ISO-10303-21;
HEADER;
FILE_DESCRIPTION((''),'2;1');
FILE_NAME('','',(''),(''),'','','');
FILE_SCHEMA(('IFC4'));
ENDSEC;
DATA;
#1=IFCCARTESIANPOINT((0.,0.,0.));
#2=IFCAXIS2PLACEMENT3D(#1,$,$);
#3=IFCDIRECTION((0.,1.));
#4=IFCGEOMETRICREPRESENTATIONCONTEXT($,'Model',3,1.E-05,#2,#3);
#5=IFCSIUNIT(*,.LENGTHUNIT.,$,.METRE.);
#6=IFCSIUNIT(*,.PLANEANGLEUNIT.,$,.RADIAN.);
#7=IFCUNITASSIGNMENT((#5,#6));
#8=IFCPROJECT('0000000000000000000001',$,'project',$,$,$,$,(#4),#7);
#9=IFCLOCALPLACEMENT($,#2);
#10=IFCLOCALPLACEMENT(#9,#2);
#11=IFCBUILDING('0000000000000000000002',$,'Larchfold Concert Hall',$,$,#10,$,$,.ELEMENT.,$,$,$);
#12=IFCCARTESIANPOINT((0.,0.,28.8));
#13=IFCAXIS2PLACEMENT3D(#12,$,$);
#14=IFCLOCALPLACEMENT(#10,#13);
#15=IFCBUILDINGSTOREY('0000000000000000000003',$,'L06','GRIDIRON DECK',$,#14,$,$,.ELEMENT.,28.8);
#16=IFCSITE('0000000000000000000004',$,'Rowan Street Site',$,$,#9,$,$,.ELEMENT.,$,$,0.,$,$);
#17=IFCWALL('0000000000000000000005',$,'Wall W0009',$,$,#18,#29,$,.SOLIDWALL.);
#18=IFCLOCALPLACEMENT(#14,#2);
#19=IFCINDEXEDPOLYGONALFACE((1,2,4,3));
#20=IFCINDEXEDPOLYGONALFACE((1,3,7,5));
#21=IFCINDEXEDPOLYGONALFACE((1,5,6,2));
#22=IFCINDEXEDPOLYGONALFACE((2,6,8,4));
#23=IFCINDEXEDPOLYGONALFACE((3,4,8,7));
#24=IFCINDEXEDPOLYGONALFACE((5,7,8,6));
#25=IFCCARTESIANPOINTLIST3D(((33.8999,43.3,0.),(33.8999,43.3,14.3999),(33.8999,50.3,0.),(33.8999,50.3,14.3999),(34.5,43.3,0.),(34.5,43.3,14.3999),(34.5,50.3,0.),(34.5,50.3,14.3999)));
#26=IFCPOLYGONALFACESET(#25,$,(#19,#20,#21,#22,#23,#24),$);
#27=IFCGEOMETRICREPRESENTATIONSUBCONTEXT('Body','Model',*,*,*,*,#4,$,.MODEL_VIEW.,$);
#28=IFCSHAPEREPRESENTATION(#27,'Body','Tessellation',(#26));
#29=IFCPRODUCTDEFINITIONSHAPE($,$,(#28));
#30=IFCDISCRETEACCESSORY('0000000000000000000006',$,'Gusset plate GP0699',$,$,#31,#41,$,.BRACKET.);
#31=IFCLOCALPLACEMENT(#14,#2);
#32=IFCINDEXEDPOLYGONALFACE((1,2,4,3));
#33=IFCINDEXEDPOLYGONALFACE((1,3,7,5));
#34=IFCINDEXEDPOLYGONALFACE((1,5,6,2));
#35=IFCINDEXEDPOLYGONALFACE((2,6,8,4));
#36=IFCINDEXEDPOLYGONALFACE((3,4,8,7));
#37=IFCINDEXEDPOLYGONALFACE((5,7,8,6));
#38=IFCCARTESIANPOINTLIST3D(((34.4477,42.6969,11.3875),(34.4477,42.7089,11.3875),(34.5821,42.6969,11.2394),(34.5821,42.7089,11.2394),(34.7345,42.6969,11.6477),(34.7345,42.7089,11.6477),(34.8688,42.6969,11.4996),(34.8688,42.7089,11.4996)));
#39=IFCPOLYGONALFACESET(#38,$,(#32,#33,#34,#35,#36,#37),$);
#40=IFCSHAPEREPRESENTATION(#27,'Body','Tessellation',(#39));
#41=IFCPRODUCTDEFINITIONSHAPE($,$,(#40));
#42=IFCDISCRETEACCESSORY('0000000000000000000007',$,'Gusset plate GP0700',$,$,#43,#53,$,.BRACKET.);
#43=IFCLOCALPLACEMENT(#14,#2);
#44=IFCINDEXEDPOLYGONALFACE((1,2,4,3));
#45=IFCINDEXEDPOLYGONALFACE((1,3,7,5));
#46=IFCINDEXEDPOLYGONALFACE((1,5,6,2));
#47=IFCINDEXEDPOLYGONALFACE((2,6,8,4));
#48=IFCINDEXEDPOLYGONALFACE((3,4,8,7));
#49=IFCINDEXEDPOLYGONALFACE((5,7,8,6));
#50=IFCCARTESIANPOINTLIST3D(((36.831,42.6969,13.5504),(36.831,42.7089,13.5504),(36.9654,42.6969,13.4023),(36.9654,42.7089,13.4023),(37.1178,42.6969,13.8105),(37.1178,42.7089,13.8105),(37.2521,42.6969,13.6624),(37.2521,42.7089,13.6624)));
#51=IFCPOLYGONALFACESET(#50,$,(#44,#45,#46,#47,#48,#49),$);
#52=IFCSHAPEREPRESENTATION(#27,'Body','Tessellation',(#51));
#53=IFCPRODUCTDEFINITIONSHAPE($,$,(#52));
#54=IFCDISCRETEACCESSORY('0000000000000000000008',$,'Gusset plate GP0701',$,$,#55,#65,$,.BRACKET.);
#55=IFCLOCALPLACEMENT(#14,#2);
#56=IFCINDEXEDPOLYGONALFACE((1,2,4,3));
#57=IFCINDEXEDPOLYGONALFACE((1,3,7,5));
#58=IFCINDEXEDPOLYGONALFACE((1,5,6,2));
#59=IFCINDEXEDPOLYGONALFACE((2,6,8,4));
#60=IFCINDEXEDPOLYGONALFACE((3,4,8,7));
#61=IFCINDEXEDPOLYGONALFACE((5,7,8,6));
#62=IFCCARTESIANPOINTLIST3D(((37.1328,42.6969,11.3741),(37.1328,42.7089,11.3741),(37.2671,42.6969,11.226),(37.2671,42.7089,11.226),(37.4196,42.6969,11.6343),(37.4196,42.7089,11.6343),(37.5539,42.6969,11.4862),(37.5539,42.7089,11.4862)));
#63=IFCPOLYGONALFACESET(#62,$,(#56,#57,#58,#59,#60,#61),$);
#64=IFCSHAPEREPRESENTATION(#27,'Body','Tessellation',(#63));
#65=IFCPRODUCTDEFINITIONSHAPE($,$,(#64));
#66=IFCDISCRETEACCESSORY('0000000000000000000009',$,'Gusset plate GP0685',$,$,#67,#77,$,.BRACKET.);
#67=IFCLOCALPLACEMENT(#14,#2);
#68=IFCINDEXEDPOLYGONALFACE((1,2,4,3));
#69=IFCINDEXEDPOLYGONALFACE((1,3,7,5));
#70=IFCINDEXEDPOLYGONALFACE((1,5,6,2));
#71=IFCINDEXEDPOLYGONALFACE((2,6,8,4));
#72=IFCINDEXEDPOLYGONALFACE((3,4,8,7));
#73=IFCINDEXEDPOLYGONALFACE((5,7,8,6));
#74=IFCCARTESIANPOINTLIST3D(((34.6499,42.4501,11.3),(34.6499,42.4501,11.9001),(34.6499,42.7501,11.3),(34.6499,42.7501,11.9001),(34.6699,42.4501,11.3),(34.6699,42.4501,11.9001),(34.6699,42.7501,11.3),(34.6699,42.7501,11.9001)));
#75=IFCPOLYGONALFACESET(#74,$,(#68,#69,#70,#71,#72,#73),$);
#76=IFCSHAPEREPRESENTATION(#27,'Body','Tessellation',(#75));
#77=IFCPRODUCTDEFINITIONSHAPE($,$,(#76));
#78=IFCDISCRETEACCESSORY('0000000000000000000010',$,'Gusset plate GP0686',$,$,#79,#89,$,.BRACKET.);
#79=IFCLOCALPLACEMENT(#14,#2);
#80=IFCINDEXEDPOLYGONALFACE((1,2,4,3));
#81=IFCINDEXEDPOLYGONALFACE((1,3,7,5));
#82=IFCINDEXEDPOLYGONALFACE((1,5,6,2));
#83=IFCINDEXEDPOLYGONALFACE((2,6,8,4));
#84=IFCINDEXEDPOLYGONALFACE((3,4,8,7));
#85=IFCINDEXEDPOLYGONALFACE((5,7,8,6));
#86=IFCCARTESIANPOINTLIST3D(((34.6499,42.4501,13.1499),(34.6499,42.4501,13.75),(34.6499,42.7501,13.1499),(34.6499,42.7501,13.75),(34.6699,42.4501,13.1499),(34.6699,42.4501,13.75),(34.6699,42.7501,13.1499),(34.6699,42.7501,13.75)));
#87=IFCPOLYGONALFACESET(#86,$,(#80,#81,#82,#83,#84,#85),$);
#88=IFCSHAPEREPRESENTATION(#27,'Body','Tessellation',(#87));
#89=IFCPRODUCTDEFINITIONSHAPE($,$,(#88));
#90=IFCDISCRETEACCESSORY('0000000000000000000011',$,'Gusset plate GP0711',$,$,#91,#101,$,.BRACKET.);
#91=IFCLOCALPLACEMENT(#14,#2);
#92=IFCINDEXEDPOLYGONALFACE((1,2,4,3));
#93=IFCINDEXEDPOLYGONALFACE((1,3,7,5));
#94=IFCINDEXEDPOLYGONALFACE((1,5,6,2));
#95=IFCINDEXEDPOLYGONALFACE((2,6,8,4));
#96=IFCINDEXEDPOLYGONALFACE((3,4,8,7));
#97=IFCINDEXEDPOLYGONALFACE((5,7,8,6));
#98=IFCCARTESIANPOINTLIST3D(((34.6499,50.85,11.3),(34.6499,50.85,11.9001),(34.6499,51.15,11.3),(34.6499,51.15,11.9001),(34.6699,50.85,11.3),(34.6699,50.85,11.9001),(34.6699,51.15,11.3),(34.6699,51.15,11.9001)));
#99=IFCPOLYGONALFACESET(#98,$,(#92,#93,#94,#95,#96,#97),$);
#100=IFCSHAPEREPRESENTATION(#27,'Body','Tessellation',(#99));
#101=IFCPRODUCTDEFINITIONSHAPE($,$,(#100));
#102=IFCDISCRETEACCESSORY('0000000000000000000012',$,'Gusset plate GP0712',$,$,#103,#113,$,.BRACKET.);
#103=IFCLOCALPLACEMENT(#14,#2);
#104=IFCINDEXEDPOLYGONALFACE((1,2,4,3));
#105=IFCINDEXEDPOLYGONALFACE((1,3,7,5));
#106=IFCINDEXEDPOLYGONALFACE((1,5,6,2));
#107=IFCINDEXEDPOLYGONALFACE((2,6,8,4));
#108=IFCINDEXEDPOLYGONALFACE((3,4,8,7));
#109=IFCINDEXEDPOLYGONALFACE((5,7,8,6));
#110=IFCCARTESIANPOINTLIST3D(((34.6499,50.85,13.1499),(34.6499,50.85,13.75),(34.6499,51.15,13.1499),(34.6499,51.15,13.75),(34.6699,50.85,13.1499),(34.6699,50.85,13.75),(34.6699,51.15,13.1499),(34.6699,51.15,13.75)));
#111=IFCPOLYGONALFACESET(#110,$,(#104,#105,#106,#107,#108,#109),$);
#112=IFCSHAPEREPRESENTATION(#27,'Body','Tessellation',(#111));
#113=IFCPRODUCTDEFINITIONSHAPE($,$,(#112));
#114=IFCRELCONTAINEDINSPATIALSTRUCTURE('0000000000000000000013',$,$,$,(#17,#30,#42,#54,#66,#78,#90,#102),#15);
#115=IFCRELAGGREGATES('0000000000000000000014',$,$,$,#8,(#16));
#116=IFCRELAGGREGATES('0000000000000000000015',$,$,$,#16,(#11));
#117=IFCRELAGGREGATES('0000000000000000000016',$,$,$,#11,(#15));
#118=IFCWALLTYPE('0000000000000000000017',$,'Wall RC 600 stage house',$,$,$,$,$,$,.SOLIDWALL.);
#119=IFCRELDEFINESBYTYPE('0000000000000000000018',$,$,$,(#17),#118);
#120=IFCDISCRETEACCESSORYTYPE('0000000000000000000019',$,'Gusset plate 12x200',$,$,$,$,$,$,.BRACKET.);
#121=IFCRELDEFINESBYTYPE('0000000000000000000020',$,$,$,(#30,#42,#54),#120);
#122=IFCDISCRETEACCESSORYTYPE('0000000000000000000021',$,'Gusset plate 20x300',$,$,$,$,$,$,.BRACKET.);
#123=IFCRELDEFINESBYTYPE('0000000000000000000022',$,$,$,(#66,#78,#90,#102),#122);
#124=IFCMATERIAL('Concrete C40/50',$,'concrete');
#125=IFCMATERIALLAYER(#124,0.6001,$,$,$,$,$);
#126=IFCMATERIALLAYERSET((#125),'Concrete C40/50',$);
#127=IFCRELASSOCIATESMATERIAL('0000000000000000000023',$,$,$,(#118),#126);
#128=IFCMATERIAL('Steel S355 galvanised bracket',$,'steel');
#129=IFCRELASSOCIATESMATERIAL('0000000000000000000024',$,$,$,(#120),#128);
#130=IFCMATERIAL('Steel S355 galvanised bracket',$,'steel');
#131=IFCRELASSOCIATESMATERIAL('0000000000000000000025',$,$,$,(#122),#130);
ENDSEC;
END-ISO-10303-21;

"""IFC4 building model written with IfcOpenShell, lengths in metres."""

from ifc_helpers import new_model, si_unit, direction, frame, frame_2d, origin, origin_2d, place, context, subcontext, project, spatial, rectangle, extrude, material, layer, layer_set, material_profile, profile_set, type_object, element, save


model = new_model("IFC4")

# Units and contexts
model_context = context("Model", 3, precision=1e-05, world=origin(), true_north=direction((0.0, 1.0)))
body_context = subcontext(model_context, "Body", "Model", "MODEL_VIEW")
ifc_project = project(units=[si_unit("LENGTHUNIT", "METRE"), si_unit("PLANEANGLEUNIT", "RADIAN")], contexts=[model_context])

# Site, building, storey
site_placement = place(None, origin())
site = spatial("IfcSite", under=ifc_project, at=site_placement, Name="Rowan Street Site", CompositionType="ELEMENT", RefElevation=0.0)
building_placement = place(site_placement, origin())
building = spatial("IfcBuilding", under=site, at=building_placement, Name="Larchfold Concert Hall", CompositionType="ELEMENT")
storey_placement = place(building_placement, frame((0.0, 0.0, 28.8)))
storey = spatial("IfcBuildingStorey", under=building, at=storey_placement, Name="L06", Description="GRIDIRON DECK", CompositionType="ELEMENT", Elevation=28.8)

# Wall
ifc_material_1 = material(Name="Concrete C40/50", Category="concrete")
ifc_layer_1 = layer(ifc_material_1, 0.6001)
ifc_layer_set_1 = layer_set([ifc_layer_1], Name="Concrete C40/50")
wall_type_1 = type_object("IfcWallType", Name="Wall RC 600 stage house", PredefinedType="SOLIDWALL", material=ifc_layer_set_1)
wall_1_placement = place(storey_placement, frame((34.2, 50.3, 0.0), z_axis=(0.0, 0.0, 1.0), x_axis=(0.0, -1.0, 0.0)))
element("IfcWall", 1, at=wall_1_placement, inside=storey, type_object=wall_type_1, Name="Wall W0009", PredefinedType="SOLIDWALL", context=body_context, shape_type="SweptSolid", body=[
    extrude(rectangle(XDim=7.0, YDim=0.6001, at=frame_2d((3.5, 0.0))), origin(), (0.0, 0.0, 1.0), 14.3999),
])

# Discrete accessories
ifc_material_2 = material(Name="Steel S355 galvanised bracket", Category="steel")
ifc_material_profile_1 = material_profile(ifc_material_2, rectangle(XDim=0.012, YDim=0.2, at=origin_2d()))
ifc_profile_set_1 = profile_set([ifc_material_profile_1], Name="Steel S355 galvanised bracket")
discrete_accessory_type_1 = type_object("IfcDiscreteAccessoryType", Name="Gusset plate 12x200", PredefinedType="BRACKET", material=ifc_profile_set_1)
for number, where, z_axis, x_axis, name in (
    (2, (34.5149, 42.7029, 11.3135), (0.740624, 0.0, 0.671919), (0.0, 1.0, 0.0), "Gusset plate GP0699"),
    (3, (36.8982, 42.7029, 13.4763), (0.740624, 0.0, 0.671919), (0.0, 1.0, 0.0), "Gusset plate GP0700"),
    (4, (37.2, 42.7029, 11.3), (0.740624, 0.0, 0.671919), (0.0, 1.0, 0.0), "Gusset plate GP0701"),
):
    element("IfcDiscreteAccessory", number, at=place(storey_placement, frame(where, z_axis=z_axis, x_axis=x_axis)), inside=storey, type_object=discrete_accessory_type_1, Name=name, PredefinedType="BRACKET", context=body_context, shape_type="SweptSolid", body=[
        extrude(rectangle(XDim=0.012, YDim=0.2, at=origin_2d()), origin(), (0.0, 0.0, 1.0), 0.3872),
    ])
ifc_material_3 = material(Name="Steel S355 galvanised bracket", Category="steel")
ifc_material_profile_2 = material_profile(ifc_material_3, rectangle(XDim=0.02, YDim=0.3, at=origin_2d()))
ifc_profile_set_2 = profile_set([ifc_material_profile_2], Name="Steel S355 galvanised bracket")
discrete_accessory_type_2 = type_object("IfcDiscreteAccessoryType", Name="Gusset plate 20x300", PredefinedType="BRACKET", material=ifc_profile_set_2)
for number, where, z_axis, x_axis, name in (
    (5, (34.6599, 42.6001, 11.3), (0.0, 0.0, 1.0), (1.0, 0.0, 0.0), "Gusset plate GP0685"),
    (6, (34.6599, 42.6001, 13.1499), (0.0, 0.0, 1.0), (1.0, 0.0, 0.0), "Gusset plate GP0686"),
    (7, (34.6599, 51.0, 11.3), (0.0, 0.0, 1.0), (1.0, 0.0, 0.0), "Gusset plate GP0711"),
    (8, (34.6599, 51.0, 13.1499), (0.0, 0.0, 1.0), (1.0, 0.0, 0.0), "Gusset plate GP0712"),
):
    element("IfcDiscreteAccessory", number, at=place(storey_placement, frame(where, z_axis=z_axis, x_axis=x_axis)), inside=storey, type_object=discrete_accessory_type_2, Name=name, PredefinedType="BRACKET", context=body_context, shape_type="SweptSolid", body=[
        extrude(rectangle(XDim=0.02, YDim=0.3, at=origin_2d()), origin(), (0.0, 0.0, 1.0), 0.6001),
    ])

save(model, "model.ifc")
